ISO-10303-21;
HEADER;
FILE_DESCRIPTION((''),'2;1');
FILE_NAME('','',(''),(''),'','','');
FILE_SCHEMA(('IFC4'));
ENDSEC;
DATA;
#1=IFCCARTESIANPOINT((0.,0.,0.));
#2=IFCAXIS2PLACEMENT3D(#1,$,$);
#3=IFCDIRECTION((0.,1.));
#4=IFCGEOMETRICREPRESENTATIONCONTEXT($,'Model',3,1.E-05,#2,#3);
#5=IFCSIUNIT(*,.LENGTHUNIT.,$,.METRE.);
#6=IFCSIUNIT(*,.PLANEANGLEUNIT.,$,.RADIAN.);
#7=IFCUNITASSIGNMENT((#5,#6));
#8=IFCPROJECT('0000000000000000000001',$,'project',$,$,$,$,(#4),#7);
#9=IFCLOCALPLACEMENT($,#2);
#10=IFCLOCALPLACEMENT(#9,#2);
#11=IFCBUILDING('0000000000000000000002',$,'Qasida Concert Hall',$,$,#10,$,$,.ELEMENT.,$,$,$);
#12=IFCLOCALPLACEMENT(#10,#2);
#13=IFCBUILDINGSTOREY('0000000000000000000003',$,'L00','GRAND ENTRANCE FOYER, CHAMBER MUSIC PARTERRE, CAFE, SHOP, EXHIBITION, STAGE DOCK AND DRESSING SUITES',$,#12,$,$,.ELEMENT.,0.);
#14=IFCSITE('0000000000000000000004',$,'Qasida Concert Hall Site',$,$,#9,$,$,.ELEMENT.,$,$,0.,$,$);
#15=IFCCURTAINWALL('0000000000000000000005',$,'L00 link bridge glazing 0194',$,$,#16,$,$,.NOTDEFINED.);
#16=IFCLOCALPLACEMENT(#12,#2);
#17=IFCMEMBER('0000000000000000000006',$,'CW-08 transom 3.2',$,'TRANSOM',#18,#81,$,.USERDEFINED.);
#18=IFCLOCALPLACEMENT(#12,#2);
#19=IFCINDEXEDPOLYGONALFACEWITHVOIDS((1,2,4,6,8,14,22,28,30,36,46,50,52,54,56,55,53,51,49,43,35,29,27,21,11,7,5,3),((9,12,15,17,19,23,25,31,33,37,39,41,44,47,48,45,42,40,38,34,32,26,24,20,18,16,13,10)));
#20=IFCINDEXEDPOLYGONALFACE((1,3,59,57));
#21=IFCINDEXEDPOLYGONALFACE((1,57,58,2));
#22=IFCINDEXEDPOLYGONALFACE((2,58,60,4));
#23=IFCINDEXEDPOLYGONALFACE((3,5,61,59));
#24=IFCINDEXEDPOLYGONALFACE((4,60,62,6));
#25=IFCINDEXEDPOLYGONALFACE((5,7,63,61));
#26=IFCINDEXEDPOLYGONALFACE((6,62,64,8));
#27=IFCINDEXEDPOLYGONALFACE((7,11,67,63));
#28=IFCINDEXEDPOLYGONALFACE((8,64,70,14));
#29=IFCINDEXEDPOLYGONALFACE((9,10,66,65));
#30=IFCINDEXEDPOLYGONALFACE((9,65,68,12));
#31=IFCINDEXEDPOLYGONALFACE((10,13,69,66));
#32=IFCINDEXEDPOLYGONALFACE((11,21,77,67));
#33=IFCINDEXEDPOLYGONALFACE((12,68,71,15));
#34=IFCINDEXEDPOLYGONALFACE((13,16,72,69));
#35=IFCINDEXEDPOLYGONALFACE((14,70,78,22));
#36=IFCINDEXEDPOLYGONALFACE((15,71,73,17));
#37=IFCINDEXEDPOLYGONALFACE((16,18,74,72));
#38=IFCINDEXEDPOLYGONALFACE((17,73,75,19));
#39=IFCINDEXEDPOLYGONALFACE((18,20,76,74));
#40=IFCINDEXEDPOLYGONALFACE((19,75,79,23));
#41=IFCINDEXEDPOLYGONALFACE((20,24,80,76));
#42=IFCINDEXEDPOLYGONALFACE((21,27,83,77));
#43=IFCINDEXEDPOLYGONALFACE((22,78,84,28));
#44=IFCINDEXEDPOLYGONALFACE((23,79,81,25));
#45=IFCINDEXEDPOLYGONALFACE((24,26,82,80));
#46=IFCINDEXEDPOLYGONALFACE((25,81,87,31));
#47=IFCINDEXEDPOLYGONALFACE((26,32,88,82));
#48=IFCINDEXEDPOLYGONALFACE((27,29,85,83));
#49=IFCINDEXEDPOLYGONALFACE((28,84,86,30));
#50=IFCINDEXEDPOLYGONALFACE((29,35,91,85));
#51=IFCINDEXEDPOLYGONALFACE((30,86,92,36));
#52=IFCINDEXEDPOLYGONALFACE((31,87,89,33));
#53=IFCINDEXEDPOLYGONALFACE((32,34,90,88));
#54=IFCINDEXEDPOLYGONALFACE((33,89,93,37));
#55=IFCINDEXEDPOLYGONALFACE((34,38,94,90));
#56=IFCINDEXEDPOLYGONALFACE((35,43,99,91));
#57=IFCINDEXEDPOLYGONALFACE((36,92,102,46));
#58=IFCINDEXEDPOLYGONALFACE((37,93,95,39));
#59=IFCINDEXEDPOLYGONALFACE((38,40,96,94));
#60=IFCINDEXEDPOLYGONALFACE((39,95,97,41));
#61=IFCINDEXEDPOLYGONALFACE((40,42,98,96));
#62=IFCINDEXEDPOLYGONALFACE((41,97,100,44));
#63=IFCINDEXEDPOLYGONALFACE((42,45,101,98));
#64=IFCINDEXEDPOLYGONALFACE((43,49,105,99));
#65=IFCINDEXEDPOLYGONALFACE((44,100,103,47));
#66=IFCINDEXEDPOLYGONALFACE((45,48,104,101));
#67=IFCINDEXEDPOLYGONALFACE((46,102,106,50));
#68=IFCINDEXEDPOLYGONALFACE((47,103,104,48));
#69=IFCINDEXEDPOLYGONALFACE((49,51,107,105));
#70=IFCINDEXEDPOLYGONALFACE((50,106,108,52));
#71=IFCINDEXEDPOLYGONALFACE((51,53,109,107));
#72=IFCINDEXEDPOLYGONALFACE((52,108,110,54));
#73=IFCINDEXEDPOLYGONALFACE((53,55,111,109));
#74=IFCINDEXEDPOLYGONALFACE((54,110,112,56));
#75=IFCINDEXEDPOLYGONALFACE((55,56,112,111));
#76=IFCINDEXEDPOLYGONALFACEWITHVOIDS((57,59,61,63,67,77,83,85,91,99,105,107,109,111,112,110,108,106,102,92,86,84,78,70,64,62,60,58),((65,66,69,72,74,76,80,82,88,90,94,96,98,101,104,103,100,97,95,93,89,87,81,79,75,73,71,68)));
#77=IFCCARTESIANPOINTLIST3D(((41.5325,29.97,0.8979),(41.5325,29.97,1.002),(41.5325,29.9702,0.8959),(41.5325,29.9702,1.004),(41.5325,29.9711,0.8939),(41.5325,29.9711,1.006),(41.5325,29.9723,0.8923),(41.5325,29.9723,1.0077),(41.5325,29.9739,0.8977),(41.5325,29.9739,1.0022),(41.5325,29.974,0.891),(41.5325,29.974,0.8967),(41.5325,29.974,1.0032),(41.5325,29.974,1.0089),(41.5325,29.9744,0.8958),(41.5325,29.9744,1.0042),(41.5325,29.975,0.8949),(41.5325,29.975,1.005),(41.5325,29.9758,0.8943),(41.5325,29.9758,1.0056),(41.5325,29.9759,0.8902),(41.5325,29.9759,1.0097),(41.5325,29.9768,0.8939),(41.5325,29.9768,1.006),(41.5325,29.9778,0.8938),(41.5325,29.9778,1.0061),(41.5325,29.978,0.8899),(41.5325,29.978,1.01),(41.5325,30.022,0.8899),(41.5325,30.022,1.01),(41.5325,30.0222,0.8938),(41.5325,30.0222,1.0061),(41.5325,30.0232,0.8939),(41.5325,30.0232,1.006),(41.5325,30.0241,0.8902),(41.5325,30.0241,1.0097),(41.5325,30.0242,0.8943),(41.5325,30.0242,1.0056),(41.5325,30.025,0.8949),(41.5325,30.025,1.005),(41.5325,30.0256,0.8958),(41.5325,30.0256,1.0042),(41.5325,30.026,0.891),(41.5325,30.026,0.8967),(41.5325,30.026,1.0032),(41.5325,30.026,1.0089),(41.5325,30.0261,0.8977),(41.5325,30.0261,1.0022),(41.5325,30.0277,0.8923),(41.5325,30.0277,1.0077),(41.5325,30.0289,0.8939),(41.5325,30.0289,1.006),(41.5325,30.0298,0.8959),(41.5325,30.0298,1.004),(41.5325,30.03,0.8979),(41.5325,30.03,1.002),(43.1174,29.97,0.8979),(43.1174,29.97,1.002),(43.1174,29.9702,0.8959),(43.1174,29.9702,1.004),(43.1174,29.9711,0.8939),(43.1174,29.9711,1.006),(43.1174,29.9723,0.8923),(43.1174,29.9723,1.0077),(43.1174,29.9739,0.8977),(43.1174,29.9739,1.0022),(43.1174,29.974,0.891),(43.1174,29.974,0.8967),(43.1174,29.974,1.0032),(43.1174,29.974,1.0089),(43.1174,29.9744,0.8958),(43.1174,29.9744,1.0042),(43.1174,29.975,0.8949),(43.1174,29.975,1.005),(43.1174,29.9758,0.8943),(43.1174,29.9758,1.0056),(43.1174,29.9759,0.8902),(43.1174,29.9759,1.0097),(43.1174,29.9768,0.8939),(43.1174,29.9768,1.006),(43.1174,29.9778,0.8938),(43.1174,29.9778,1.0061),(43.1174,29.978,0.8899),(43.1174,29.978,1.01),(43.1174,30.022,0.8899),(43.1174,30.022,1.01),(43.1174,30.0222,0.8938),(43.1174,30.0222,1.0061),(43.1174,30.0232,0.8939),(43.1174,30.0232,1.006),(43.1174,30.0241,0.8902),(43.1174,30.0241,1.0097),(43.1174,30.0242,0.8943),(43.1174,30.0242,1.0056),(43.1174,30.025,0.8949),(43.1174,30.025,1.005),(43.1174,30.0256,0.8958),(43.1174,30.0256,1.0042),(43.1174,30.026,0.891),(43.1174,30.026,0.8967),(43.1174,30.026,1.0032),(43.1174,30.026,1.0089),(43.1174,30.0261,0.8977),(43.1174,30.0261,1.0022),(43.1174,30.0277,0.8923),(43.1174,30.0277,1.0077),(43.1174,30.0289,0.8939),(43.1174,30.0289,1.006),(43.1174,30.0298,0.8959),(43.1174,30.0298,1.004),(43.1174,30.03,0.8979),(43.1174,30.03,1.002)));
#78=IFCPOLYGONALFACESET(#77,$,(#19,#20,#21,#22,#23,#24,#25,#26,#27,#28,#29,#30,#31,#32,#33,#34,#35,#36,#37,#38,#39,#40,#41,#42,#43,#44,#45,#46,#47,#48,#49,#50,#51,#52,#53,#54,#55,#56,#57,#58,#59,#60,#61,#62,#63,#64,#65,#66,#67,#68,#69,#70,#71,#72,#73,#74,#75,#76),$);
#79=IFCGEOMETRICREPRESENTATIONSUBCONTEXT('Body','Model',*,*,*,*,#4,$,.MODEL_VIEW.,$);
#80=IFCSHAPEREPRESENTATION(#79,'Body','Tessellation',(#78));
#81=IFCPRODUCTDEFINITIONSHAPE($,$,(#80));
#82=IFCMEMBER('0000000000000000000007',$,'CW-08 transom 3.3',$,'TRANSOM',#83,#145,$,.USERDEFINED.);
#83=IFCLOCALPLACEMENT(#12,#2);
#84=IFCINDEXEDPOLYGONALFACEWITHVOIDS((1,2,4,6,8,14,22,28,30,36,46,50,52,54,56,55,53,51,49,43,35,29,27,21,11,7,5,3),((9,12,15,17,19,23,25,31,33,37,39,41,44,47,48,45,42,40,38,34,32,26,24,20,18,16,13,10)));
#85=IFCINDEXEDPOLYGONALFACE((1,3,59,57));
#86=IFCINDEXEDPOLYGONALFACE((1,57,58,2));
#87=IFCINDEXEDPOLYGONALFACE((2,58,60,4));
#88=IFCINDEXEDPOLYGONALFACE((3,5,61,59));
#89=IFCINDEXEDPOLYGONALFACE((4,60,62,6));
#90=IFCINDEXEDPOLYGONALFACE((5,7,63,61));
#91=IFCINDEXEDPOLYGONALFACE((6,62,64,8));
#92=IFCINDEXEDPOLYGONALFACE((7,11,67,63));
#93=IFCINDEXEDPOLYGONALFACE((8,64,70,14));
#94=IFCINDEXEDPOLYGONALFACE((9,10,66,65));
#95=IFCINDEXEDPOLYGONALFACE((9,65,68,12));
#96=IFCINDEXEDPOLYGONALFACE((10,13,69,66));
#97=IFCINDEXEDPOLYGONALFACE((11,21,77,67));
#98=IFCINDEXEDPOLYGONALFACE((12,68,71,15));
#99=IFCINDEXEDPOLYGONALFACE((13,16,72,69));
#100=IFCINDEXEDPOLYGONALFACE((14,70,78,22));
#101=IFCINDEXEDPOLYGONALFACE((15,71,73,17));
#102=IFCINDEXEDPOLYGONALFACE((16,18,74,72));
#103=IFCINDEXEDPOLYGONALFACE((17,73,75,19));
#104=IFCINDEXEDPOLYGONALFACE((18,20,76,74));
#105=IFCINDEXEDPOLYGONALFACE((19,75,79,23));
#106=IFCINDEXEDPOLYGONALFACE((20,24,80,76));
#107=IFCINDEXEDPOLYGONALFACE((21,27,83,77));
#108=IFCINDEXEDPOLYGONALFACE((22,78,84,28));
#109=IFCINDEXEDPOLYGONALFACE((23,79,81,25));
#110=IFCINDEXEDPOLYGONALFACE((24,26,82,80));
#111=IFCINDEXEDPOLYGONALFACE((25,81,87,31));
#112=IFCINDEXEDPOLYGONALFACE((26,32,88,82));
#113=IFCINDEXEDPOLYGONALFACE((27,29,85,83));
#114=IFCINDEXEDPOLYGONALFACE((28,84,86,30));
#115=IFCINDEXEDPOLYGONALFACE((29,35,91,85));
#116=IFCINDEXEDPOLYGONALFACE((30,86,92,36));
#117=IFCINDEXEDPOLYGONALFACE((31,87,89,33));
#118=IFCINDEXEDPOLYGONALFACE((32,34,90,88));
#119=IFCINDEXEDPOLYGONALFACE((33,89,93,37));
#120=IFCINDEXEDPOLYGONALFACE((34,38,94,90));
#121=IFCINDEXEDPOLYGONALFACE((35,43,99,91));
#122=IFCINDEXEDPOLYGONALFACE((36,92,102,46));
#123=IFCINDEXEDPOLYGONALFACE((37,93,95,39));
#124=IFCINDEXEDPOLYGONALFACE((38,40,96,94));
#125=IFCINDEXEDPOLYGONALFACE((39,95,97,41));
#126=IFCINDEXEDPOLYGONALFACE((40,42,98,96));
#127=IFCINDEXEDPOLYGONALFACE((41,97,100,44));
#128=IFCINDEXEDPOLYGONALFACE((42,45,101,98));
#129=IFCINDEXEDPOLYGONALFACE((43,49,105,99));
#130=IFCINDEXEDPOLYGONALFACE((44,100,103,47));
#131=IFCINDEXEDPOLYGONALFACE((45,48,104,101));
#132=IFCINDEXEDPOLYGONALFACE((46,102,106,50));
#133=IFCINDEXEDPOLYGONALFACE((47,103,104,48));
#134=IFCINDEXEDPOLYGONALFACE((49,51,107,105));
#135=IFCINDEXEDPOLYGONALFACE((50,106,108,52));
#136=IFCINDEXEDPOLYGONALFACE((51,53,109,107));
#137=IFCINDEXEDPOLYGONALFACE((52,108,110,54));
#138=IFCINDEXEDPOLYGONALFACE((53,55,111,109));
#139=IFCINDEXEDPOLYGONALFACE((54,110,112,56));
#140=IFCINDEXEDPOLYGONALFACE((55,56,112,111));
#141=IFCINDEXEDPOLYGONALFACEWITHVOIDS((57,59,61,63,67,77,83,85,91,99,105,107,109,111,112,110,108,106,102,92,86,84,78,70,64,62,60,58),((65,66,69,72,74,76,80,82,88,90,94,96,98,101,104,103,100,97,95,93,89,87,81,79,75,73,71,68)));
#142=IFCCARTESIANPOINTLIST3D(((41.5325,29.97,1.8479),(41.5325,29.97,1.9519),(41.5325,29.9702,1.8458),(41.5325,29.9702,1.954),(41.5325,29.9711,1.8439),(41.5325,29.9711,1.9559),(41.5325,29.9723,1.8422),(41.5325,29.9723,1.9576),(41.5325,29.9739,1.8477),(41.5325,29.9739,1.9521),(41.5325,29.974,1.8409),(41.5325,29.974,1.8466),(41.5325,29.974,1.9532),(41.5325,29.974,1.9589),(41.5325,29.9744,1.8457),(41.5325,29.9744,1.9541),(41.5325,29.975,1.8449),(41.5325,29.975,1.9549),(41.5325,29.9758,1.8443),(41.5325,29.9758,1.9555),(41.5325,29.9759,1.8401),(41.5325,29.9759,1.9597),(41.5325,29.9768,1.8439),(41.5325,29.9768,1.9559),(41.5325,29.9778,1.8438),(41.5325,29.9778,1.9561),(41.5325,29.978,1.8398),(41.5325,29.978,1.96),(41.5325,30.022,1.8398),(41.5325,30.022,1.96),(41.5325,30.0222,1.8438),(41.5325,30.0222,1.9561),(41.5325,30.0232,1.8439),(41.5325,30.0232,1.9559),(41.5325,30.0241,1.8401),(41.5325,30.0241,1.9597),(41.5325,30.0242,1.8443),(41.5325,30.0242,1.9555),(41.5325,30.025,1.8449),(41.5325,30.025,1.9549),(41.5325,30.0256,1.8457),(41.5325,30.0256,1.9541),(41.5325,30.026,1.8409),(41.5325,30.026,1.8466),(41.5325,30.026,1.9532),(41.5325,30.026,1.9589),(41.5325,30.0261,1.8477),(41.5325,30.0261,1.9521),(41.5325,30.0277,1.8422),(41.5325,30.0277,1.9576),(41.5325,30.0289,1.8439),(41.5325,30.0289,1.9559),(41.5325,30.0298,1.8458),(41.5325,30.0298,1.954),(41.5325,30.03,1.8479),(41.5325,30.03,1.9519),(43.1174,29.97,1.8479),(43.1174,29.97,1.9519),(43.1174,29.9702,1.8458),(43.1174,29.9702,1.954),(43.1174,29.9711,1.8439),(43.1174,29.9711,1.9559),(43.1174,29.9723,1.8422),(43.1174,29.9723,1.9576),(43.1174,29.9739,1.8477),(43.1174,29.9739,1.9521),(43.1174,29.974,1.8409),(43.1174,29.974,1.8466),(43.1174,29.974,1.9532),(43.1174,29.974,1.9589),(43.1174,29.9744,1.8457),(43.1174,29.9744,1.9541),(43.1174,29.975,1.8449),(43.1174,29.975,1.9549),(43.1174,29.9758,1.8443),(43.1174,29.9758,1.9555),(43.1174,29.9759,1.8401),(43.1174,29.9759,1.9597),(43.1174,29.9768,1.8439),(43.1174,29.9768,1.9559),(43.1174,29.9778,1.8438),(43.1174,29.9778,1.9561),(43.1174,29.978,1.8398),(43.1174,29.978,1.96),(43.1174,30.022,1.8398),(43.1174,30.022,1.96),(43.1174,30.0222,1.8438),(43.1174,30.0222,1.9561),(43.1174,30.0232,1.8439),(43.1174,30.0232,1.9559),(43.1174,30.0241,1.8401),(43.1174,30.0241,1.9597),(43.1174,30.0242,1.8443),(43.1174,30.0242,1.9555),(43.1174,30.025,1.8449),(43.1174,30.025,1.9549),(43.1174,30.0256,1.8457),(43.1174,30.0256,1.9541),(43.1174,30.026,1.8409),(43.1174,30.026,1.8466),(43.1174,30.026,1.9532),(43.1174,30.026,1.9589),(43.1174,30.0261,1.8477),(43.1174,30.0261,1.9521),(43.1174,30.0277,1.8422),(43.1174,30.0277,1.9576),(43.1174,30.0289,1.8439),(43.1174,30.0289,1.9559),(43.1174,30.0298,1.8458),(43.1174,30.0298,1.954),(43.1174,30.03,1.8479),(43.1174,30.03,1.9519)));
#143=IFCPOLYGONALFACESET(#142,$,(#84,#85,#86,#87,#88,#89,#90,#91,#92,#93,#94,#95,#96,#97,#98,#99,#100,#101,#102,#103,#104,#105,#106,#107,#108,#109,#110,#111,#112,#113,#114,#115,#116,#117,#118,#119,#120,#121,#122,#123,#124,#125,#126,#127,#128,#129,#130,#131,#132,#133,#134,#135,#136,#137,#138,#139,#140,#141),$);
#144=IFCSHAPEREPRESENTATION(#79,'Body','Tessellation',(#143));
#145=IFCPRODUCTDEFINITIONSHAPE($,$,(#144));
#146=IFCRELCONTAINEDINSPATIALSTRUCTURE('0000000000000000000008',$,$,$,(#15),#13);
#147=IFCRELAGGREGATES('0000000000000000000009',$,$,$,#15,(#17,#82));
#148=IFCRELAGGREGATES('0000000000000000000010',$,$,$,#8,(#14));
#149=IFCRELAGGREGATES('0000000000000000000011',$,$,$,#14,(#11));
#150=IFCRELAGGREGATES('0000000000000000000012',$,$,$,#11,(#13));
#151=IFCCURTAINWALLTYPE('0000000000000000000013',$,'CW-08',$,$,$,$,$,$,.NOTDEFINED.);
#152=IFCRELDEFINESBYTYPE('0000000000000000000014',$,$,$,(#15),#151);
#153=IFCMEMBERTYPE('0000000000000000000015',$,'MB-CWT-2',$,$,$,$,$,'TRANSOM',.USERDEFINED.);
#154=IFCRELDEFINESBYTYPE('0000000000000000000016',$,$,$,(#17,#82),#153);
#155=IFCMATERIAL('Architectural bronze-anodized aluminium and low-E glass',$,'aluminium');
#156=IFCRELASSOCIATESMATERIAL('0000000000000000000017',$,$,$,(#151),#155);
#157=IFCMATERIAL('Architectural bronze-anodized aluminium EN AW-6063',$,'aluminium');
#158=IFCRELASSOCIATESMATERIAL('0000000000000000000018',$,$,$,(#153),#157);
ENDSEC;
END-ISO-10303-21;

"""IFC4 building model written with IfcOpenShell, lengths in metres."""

from ifc_helpers import new_model, si_unit, direction, frame, origin, origin_2d, place, context, subcontext, project, spatial, hollow_rectangle, extrude, material, material_profile, profile_set, type_object, element, aggregate, save


model = new_model("IFC4")

# Units and contexts
model_context = context("Model", 3, precision=1e-05, world=origin(), true_north=direction((0.0, 1.0)))
body_context = subcontext(model_context, "Body", "Model", "MODEL_VIEW")
ifc_project = project(units=[si_unit("LENGTHUNIT", "METRE"), si_unit("PLANEANGLEUNIT", "RADIAN")], contexts=[model_context])

# Site, building, storey
site_placement = place(None, origin())
site = spatial("IfcSite", under=ifc_project, at=site_placement, Name="Qasida Concert Hall Site", CompositionType="ELEMENT", RefElevation=0.0)
building_placement = place(site_placement, origin())
building = spatial("IfcBuilding", under=site, at=building_placement, Name="Qasida Concert Hall", CompositionType="ELEMENT")
storey_placement = place(building_placement, origin())
storey = spatial("IfcBuildingStorey", under=building, at=storey_placement, Name="L00", Description="GRAND ENTRANCE FOYER, CHAMBER MUSIC PARTERRE, CAFE, SHOP, EXHIBITION, STAGE DOCK AND DRESSING SUITES", CompositionType="ELEMENT", Elevation=0.0)

# Curtain wall, members
ifc_material_1 = material(Name="Architectural bronze-anodized aluminium and low-E glass", Category="aluminium")
curtain_wall_type = type_object("IfcCurtainWallType", Name="CW-08", PredefinedType="NOTDEFINED", material=ifc_material_1)
curtain_wall_placement = place(storey_placement, origin())
curtain_wall = element("IfcCurtainWall", 1, at=curtain_wall_placement, inside=storey, type_object=curtain_wall_type, Name="L00 link bridge glazing 0194", PredefinedType="NOTDEFINED")
ifc_material_2 = material(Name="Architectural bronze-anodized aluminium EN AW-6063", Category="aluminium")
ifc_material_profile_1 = material_profile(ifc_material_2, hollow_rectangle(XDim=0.0601, YDim=0.1201, WallThickness=0.0039, InnerFilletRadius=0.0039, OuterFilletRadius=0.0081, at=origin_2d()), Name="CWT 120x60x4")
ifc_profile_set_1 = profile_set([ifc_material_profile_1], Name="Architectural bronze-anodized aluminium EN AW-6063")
member_type_1 = type_object("IfcMemberType", Name="MB-CWT-2", ElementType="TRANSOM", PredefinedType="USERDEFINED", material=ifc_profile_set_1)
member_1_placement = place(storey_placement, frame((41.5325, 30.0, 0.95), z_axis=(1.0, 0.0, 0.0), x_axis=(0.0, 1.0, 0.0)))
member_1 = element("IfcMember", 2, at=member_1_placement, type_object=member_type_1, Name="CW-08 transom 3.2", ObjectType="TRANSOM", PredefinedType="USERDEFINED", context=body_context, shape_type="SweptSolid", body=[
    extrude(hollow_rectangle(XDim=0.0601, YDim=0.1201, WallThickness=0.0039, InnerFilletRadius=0.0039, OuterFilletRadius=0.0081, at=origin_2d()), origin(), (0.0, 0.0, 1.0), 1.585),
])
member_2_placement = place(storey_placement, frame((41.5325, 30.0, 1.8999), z_axis=(1.0, 0.0, 0.0), x_axis=(0.0, 1.0, 0.0)))
member_2 = element("IfcMember", 3, at=member_2_placement, type_object=member_type_1, Name="CW-08 transom 3.3", ObjectType="TRANSOM", PredefinedType="USERDEFINED", context=body_context, shape_type="SweptSolid", body=[
    extrude(hollow_rectangle(XDim=0.0601, YDim=0.1201, WallThickness=0.0039, InnerFilletRadius=0.0039, OuterFilletRadius=0.0081, at=origin_2d()), origin(), (0.0, 0.0, 1.0), 1.585),
])
aggregate(curtain_wall, [member_1, member_2])

save(model, "model.ifc")
